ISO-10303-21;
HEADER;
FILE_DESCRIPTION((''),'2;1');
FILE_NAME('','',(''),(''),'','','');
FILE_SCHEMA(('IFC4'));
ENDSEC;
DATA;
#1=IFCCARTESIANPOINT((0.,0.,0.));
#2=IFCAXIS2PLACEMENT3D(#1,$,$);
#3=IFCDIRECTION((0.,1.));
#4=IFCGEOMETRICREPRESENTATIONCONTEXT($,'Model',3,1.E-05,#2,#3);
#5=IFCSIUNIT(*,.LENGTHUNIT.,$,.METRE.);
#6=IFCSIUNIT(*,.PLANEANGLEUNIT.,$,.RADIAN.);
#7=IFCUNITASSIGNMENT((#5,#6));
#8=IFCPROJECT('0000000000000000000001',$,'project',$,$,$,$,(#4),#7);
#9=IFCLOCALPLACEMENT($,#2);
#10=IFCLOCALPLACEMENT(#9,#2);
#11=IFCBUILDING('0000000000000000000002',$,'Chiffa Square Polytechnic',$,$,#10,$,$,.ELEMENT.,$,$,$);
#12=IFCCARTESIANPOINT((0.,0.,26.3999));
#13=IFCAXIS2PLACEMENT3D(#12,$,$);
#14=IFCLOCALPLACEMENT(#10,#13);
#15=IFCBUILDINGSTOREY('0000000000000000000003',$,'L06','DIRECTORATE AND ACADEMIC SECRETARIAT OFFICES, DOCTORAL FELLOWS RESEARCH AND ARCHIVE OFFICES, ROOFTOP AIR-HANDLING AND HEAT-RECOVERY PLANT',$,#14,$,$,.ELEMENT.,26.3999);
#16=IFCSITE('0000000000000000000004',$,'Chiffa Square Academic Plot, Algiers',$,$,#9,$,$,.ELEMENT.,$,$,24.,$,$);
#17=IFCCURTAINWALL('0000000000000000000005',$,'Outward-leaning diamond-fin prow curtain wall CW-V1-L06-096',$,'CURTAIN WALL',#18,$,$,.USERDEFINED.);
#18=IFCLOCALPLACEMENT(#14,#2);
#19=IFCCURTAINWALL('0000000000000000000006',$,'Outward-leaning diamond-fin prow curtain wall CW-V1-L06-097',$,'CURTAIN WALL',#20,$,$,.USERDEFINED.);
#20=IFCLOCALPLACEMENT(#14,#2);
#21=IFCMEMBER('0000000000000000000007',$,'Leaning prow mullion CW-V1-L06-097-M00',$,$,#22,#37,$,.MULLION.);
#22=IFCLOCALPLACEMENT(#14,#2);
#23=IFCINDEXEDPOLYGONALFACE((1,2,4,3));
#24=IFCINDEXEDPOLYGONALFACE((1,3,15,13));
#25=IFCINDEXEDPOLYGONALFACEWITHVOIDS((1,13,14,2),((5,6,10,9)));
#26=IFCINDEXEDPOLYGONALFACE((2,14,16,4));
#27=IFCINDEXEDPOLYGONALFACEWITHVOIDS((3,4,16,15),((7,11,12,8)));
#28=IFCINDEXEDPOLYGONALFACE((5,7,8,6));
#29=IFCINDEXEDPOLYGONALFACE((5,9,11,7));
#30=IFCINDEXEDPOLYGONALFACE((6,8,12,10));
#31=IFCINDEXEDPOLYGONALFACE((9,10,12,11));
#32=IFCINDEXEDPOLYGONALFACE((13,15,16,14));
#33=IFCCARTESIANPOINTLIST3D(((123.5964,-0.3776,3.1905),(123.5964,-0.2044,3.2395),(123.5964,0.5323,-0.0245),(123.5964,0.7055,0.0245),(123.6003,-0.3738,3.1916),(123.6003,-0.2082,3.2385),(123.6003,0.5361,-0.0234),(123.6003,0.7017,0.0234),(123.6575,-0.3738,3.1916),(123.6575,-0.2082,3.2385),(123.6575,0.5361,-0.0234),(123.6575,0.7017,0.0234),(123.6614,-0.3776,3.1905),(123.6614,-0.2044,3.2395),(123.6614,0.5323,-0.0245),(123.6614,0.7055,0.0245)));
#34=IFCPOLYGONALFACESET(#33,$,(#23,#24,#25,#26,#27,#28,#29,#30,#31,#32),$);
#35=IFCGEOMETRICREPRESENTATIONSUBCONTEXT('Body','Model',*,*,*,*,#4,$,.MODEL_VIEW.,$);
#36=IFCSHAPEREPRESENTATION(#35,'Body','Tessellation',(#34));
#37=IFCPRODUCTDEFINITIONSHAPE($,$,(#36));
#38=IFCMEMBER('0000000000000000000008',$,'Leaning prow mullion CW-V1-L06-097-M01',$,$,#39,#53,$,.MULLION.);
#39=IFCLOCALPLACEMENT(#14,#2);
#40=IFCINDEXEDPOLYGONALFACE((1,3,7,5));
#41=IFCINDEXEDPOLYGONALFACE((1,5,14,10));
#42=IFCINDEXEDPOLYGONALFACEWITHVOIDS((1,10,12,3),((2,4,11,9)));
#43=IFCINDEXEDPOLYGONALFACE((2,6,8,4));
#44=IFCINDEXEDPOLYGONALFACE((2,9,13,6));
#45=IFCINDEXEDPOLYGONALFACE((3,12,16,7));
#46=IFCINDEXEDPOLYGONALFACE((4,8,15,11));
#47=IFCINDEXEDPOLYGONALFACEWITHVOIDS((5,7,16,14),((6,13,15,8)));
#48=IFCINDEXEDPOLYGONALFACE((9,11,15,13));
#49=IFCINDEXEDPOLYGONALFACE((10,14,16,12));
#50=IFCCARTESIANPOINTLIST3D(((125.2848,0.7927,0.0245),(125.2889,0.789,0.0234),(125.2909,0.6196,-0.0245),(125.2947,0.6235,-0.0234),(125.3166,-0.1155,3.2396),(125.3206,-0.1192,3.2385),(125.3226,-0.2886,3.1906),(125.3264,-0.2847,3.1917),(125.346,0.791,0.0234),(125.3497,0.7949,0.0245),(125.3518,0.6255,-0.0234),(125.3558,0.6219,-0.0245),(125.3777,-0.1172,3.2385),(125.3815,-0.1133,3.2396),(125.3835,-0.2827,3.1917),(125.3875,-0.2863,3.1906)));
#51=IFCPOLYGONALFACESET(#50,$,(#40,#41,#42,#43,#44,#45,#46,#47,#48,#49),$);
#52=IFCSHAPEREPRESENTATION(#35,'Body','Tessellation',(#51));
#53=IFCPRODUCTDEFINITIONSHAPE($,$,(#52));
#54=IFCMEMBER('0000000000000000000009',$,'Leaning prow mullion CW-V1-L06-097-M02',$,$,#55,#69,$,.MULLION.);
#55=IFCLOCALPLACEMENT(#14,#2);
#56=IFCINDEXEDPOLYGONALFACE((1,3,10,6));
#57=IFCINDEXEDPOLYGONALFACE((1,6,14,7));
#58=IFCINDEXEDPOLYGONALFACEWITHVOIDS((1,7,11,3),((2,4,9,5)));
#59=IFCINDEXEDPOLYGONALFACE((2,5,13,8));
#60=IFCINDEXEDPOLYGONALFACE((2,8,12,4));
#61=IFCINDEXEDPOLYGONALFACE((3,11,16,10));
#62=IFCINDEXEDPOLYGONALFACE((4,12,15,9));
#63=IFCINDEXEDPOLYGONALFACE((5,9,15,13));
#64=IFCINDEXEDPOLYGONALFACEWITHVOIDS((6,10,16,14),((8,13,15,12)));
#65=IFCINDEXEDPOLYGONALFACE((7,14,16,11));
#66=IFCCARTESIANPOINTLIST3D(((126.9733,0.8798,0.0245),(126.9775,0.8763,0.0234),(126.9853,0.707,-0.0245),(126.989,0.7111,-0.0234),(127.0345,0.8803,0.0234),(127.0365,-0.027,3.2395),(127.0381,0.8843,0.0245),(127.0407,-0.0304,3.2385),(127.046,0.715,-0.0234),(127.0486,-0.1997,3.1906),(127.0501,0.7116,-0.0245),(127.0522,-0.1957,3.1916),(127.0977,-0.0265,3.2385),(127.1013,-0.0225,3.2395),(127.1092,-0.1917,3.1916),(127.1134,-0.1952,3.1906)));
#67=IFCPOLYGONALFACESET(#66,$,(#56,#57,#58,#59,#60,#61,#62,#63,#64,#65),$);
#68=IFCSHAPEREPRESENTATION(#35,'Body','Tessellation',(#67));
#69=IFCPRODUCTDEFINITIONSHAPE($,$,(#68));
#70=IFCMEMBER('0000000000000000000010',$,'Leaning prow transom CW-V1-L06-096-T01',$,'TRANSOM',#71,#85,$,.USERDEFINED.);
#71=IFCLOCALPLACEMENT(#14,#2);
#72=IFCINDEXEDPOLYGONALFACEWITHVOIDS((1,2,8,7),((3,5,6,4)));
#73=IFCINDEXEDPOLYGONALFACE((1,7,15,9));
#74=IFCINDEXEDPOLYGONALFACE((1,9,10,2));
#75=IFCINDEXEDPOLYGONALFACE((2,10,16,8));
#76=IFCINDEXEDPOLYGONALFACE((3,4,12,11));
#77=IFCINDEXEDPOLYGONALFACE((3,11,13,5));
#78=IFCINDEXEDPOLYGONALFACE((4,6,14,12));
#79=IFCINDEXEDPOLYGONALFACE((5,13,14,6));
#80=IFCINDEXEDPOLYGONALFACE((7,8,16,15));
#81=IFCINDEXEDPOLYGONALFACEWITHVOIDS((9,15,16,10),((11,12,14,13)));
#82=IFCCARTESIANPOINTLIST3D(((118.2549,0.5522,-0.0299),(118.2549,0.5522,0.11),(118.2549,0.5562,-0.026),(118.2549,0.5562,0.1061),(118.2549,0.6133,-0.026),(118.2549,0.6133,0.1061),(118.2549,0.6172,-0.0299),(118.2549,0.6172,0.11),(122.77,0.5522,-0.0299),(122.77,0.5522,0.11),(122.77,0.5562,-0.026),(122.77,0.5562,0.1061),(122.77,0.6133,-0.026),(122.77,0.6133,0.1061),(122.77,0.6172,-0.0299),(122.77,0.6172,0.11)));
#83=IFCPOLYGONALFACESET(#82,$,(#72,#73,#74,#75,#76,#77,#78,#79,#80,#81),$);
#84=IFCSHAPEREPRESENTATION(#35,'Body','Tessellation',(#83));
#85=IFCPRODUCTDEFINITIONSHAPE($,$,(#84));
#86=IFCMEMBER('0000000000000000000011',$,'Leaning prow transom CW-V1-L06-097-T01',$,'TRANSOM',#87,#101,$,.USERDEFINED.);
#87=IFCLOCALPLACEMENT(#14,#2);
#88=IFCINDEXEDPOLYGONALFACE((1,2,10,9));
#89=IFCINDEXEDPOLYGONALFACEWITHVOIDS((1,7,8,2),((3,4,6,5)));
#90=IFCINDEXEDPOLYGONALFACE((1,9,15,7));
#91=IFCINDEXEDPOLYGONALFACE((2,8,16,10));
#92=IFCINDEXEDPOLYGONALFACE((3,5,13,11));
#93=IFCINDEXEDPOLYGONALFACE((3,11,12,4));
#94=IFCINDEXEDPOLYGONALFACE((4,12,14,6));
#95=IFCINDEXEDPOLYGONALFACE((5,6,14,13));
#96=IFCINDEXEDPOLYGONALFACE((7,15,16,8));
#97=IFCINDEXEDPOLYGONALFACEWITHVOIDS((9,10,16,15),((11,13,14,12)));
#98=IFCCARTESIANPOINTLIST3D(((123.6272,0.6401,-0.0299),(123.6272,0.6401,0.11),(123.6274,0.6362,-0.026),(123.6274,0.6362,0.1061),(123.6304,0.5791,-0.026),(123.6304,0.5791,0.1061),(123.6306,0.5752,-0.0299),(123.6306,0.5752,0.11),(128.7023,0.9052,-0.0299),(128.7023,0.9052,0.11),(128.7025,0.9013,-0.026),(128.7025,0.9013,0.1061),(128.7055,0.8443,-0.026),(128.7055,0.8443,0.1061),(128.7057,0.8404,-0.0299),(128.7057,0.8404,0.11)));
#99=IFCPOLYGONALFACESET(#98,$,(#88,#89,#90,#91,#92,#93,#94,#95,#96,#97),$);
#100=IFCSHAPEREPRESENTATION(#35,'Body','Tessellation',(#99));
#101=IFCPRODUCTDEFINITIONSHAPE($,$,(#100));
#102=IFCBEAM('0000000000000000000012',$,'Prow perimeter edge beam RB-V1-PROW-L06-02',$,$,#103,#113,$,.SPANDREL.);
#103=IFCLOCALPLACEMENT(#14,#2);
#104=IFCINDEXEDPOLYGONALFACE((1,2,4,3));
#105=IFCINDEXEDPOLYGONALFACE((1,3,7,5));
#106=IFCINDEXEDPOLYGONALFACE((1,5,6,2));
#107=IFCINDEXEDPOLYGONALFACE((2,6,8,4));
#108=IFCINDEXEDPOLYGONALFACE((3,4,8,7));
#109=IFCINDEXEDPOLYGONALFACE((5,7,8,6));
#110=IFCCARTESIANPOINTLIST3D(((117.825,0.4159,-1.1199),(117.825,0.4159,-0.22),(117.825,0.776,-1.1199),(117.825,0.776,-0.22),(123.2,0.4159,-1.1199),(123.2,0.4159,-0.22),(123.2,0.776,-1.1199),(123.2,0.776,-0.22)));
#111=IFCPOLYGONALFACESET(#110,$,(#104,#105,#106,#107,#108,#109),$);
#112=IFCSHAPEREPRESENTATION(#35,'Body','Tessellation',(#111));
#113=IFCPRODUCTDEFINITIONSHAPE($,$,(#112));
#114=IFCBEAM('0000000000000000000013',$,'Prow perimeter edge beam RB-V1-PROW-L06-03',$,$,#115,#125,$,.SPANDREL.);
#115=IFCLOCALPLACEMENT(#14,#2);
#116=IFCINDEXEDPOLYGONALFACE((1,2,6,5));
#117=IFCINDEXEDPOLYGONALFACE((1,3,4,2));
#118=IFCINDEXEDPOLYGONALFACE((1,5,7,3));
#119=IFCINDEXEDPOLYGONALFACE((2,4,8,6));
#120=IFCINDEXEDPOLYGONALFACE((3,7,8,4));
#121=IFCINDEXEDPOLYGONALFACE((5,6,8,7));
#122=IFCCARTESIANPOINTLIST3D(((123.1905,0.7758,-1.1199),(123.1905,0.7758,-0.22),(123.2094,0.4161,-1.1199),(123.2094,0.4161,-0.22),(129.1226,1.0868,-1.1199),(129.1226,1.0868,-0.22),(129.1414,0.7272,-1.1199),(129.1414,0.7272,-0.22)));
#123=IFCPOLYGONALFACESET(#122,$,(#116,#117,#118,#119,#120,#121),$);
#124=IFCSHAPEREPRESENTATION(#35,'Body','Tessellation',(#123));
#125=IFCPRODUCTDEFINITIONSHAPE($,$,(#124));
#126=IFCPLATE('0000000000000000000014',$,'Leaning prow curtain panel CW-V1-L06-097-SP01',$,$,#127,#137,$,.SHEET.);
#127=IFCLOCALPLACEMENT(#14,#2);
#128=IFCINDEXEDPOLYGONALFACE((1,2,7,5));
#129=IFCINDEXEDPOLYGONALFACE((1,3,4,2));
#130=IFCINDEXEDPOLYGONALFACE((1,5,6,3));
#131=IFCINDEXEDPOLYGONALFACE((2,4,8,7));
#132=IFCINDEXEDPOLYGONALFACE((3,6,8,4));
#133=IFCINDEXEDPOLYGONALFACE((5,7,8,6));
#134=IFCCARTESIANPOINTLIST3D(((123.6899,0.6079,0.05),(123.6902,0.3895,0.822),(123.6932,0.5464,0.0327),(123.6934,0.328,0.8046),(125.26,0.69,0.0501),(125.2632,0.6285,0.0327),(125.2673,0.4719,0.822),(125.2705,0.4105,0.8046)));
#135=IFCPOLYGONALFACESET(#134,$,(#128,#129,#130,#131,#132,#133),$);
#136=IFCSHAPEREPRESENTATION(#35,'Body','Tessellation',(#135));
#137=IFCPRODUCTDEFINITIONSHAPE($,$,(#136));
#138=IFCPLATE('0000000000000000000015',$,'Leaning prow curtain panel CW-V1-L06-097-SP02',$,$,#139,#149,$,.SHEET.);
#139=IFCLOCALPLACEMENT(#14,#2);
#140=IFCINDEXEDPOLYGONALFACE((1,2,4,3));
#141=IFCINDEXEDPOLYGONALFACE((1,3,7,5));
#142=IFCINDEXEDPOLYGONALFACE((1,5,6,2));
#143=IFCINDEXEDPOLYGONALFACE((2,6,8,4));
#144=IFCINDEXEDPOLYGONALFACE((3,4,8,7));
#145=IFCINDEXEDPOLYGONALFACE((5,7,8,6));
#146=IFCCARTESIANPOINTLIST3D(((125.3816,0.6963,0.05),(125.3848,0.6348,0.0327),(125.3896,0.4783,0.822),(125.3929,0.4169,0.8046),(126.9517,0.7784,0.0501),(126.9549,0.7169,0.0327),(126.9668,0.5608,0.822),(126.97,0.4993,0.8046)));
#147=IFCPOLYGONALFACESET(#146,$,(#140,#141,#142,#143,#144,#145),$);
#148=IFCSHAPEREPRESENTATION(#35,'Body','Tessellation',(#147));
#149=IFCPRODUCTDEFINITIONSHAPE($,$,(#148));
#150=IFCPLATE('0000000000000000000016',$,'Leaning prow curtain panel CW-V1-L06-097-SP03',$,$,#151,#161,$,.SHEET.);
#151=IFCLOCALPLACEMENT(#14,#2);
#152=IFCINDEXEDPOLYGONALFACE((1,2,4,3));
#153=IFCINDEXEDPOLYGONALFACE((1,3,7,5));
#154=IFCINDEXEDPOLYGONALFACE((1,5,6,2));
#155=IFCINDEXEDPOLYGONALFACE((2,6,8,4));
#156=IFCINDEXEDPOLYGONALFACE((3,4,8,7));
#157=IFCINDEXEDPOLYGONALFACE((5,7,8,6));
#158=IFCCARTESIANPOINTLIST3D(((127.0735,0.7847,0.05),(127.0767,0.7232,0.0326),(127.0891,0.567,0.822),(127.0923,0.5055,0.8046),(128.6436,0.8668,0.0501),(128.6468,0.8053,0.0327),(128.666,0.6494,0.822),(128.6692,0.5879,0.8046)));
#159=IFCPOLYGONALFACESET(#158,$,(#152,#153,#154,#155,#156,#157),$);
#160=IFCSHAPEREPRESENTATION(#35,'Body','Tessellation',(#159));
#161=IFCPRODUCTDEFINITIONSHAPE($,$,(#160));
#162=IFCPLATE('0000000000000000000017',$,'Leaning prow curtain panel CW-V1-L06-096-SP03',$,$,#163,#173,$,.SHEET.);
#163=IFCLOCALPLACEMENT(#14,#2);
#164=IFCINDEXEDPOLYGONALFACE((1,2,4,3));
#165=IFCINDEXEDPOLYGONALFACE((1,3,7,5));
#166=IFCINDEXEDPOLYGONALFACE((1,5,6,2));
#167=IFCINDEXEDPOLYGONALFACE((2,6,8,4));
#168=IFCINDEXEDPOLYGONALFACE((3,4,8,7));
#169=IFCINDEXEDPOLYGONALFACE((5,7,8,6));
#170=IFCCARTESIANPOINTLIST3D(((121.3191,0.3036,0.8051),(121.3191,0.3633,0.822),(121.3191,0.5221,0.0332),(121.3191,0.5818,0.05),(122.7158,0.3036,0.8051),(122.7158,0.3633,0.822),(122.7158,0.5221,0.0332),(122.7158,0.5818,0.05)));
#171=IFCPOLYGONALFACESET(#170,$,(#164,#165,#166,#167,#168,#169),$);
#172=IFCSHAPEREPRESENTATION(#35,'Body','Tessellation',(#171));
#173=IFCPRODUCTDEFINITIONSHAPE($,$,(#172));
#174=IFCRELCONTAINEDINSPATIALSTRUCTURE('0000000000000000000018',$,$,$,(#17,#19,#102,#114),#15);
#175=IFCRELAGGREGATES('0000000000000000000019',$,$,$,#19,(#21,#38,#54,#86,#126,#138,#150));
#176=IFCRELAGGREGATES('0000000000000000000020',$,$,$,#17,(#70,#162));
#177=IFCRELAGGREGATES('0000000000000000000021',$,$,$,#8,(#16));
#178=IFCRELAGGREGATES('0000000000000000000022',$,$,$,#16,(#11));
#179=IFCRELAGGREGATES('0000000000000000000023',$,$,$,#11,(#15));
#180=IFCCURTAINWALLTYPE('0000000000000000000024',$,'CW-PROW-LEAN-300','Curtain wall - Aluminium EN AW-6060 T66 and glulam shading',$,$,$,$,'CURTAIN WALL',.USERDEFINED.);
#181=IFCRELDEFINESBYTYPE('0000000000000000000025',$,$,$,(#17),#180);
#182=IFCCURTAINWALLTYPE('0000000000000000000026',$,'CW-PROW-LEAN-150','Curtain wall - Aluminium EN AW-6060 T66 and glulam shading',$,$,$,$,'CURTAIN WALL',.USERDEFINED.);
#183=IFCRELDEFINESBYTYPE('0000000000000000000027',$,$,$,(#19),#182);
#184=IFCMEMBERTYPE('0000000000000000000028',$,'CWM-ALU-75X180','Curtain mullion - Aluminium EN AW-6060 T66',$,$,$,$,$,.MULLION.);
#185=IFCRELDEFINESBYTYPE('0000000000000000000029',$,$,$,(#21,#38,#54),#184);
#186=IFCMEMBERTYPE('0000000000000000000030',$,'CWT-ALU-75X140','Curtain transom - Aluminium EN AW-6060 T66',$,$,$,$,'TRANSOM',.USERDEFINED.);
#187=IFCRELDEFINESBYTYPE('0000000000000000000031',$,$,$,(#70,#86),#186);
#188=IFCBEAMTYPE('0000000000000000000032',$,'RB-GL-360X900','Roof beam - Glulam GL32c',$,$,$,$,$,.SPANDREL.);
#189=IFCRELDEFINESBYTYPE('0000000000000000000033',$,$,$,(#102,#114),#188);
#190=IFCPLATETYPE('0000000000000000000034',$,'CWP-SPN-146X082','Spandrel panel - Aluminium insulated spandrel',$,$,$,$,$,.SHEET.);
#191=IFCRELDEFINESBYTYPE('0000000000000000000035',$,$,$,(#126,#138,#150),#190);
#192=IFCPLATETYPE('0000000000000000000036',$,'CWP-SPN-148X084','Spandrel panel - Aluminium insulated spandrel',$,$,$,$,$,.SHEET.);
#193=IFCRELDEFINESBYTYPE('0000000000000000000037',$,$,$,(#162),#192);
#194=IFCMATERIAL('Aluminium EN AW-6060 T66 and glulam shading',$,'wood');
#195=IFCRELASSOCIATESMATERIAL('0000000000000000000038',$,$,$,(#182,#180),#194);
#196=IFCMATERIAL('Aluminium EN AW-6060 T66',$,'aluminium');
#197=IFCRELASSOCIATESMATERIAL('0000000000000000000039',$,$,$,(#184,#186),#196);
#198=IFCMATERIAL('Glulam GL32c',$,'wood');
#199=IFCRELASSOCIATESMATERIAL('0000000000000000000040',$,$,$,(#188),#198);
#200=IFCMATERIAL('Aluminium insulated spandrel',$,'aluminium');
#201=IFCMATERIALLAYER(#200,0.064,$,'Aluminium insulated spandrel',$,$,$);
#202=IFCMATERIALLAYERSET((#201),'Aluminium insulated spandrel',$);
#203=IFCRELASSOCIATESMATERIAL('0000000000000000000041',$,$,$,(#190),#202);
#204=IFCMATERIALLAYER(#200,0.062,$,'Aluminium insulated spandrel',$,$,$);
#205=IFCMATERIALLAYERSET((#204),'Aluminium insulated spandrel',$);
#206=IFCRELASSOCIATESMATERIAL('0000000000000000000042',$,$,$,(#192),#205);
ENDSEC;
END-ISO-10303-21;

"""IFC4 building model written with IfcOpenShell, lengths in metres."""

from ifc_helpers import new_model, si_unit, direction, frame, origin, origin_2d, place, context, subcontext, project, spatial, polyline, rectangle, hollow_rectangle, outline, extrude, material, layer, layer_set, material_profile, profile_set, type_object, element, aggregate, save


model = new_model("IFC4")

# Units and contexts
model_context = context("Model", 3, precision=1e-05, world=origin(), true_north=direction((0.0, 1.0)))
body_context = subcontext(model_context, "Body", "Model", "MODEL_VIEW")
ifc_project = project(units=[si_unit("LENGTHUNIT", "METRE"), si_unit("PLANEANGLEUNIT", "RADIAN")], contexts=[model_context])

# Site, building, storey
site_placement = place(None, origin())
site = spatial("IfcSite", under=ifc_project, at=site_placement, Name="Chiffa Square Academic Plot, Algiers", CompositionType="ELEMENT", RefElevation=24.0)
building_placement = place(site_placement, origin())
building = spatial("IfcBuilding", under=site, at=building_placement, Name="Chiffa Square Polytechnic", CompositionType="ELEMENT")
storey_placement = place(building_placement, frame((0.0, 0.0, 26.3999)))
storey = spatial("IfcBuildingStorey", under=building, at=storey_placement, Name="L06", Description="DIRECTORATE AND ACADEMIC SECRETARIAT OFFICES, DOCTORAL FELLOWS RESEARCH AND ARCHIVE OFFICES, ROOFTOP AIR-HANDLING AND HEAT-RECOVERY PLANT", CompositionType="ELEMENT", Elevation=26.3999)

# Shared definitions
ifc_material_1 = material(Name="Glulam GL32c", Category="wood")

# Curtain walls, members
ifc_material_2 = material(Name="Aluminium EN AW-6060 T66 and glulam shading", Category="wood")
curtain_wall_type_1 = type_object("IfcCurtainWallType", Name="CW-PROW-LEAN-150", Description="Curtain wall - Aluminium EN AW-6060 T66 and glulam shading", ElementType="CURTAIN WALL", PredefinedType="USERDEFINED", material=ifc_material_2)
ifc_material_3 = material(Name="Aluminium EN AW-6060 T66", Category="aluminium")
ifc_material_profile_1 = material_profile(ifc_material_3, hollow_rectangle(XDim=0.0649, YDim=0.1799, WallThickness=0.0039, at=origin_2d()), Name="ALU 65x180x4")
ifc_profile_set_1 = profile_set([ifc_material_profile_1], Name="Aluminium EN AW-6060 T66")
member_type_1 = type_object("IfcMemberType", Name="CWM-ALU-75X180", Description="Curtain mullion - Aluminium EN AW-6060 T66", PredefinedType="MULLION", material=ifc_profile_set_1)
curtain_wall_type_2 = type_object("IfcCurtainWallType", Name="CW-PROW-LEAN-300", Description="Curtain wall - Aluminium EN AW-6060 T66 and glulam shading", ElementType="CURTAIN WALL", PredefinedType="USERDEFINED", material=ifc_material_2)
curtain_wall_1_placement = place(storey_placement, origin())
curtain_wall_1 = element("IfcCurtainWall", 1, at=curtain_wall_1_placement, inside=storey, type_object=curtain_wall_type_2, Name="Outward-leaning diamond-fin prow curtain wall CW-V1-L06-096", ObjectType="CURTAIN WALL", PredefinedType="USERDEFINED")
curtain_wall_2_placement = place(storey_placement, origin())
curtain_wall_2 = element("IfcCurtainWall", 2, at=curtain_wall_2_placement, inside=storey, type_object=curtain_wall_type_1, Name="Outward-leaning diamond-fin prow curtain wall CW-V1-L06-097", ObjectType="CURTAIN WALL", PredefinedType="USERDEFINED")
member_1_placement = place(storey_placement, frame((123.6289, 0.6189, 0.0), z_axis=(0.0, -0.272317, 0.962207), x_axis=(1.0, 0.0, 0.0)))
member_1 = element("IfcMember", 3, at=member_1_placement, type_object=member_type_1, Name="Leaning prow mullion CW-V1-L06-097-M00", PredefinedType="MULLION", context=body_context, shape_type="SweptSolid", body=[
    extrude(hollow_rectangle(XDim=0.0649, YDim=0.1799, WallThickness=0.0039, at=origin_2d()), origin(), (0.0, 0.0, 1.0), 3.3413),
])
member_2_placement = place(storey_placement, frame((125.3203, 0.7073, 0.0), z_axis=(0.009499, -0.271831, 0.962298), x_axis=(0.99939, 0.034925, 0.0)))
member_2 = element("IfcMember", 4, at=member_2_placement, type_object=member_type_1, Name="Leaning prow mullion CW-V1-L06-097-M01", PredefinedType="MULLION", context=body_context, shape_type="SweptSolid", body=[
    extrude(hollow_rectangle(XDim=0.0649, YDim=0.1799, WallThickness=0.0039, at=origin_2d()), origin(), (0.0, 0.0, 1.0), 3.3411),
])
member_3_placement = place(storey_placement, frame((127.0117, 0.7957, 0.0), z_axis=(0.018926, -0.271389, 0.962284), x_axis=(0.997577, 0.069567, 0.0)))
member_3 = element("IfcMember", 5, at=member_3_placement, type_object=member_type_1, Name="Leaning prow mullion CW-V1-L06-097-M02", PredefinedType="MULLION", context=body_context, shape_type="SweptSolid", body=[
    extrude(hollow_rectangle(XDim=0.0649, YDim=0.1799, WallThickness=0.0039, at=origin_2d()), origin(), (0.0, 0.0, 1.0), 3.3411),
])

# Members
ifc_material_profile_2 = material_profile(ifc_material_3, hollow_rectangle(XDim=0.0649, YDim=0.1399, WallThickness=0.0039, at=origin_2d()), Name="ALU 65x140x4")
ifc_profile_set_2 = profile_set([ifc_material_profile_2], Name="Aluminium EN AW-6060 T66")
member_type_2 = type_object("IfcMemberType", Name="CWT-ALU-75X140", Description="Curtain transom - Aluminium EN AW-6060 T66", ElementType="TRANSOM", PredefinedType="USERDEFINED", material=ifc_profile_set_2)
member_4_placement = place(storey_placement, frame((118.2549, 0.5847, 0.04), z_axis=(1.0, 0.0, 0.0), x_axis=(0.0, 1.0, 0.0)))
member_4 = element("IfcMember", 6, at=member_4_placement, type_object=member_type_2, Name="Leaning prow transom CW-V1-L06-096-T01", ObjectType="TRANSOM", PredefinedType="USERDEFINED", context=body_context, shape_type="SweptSolid", body=[
    extrude(hollow_rectangle(XDim=0.0649, YDim=0.1399, WallThickness=0.0039, at=origin_2d()), origin(), (0.0, 0.0, 1.0), 4.5151),
])
member_5_placement = place(storey_placement, frame((123.6289, 0.6077, 0.04), z_axis=(0.998638, 0.052171, 0.0), x_axis=(-0.052171, 0.998638, 0.0)))
member_5 = element("IfcMember", 7, at=member_5_placement, type_object=member_type_2, Name="Leaning prow transom CW-V1-L06-097-T01", ObjectType="TRANSOM", PredefinedType="USERDEFINED", context=body_context, shape_type="SweptSolid", body=[
    extrude(hollow_rectangle(XDim=0.0649, YDim=0.1399, WallThickness=0.0039, at=origin_2d()), origin(), (0.0, 0.0, 1.0), 5.082),
])

# Beams
ifc_material_profile_3 = material_profile(ifc_material_1, rectangle(XDim=0.3601, YDim=0.8999, at=origin_2d()), Name="GL32c 360x900")
ifc_profile_set_3 = profile_set([ifc_material_profile_3], Name="Glulam GL32c")
beam_type_1 = type_object("IfcBeamType", Name="RB-GL-360X900", Description="Roof beam - Glulam GL32c", PredefinedType="SPANDREL", material=ifc_profile_set_3)
beam_1_placement = place(storey_placement, frame((117.825, 0.5959, -0.6699), z_axis=(1.0, 0.0, 0.0), x_axis=(0.0, 1.0, 0.0)))
element("IfcBeam", 8, at=beam_1_placement, inside=storey, type_object=beam_type_1, Name="Prow perimeter edge beam RB-V1-PROW-L06-02", PredefinedType="SPANDREL", context=body_context, shape_type="SweptSolid", body=[
    extrude(rectangle(XDim=0.3601, YDim=0.8999, at=origin_2d()), origin(), (0.0, 0.0, 1.0), 5.375),
])
beam_2_placement = place(storey_placement, frame((123.2, 0.5959, -0.6699), z_axis=(0.998628, 0.05236, 0.0), x_axis=(-0.05236, 0.998628, 0.0)))
element("IfcBeam", 9, at=beam_2_placement, inside=storey, type_object=beam_type_1, Name="Prow perimeter edge beam RB-V1-PROW-L06-03", PredefinedType="SPANDREL", context=body_context, shape_type="SweptSolid", body=[
    extrude(rectangle(XDim=0.3601, YDim=0.8999, at=origin_2d()), origin(), (0.0, 0.0, 1.0), 5.9402),
])

# Plates
ifc_material_4 = material(Name="Aluminium insulated spandrel", Category="aluminium")
ifc_layer_1 = layer(ifc_material_4, 0.064, Name="Aluminium insulated spandrel")
ifc_layer_set_1 = layer_set([ifc_layer_1], Name="Aluminium insulated spandrel")
plate_type_1 = type_object("IfcPlateType", Name="CWP-SPN-146X082", Description="Spandrel panel - Aluminium insulated spandrel", PredefinedType="SHEET", material=ifc_layer_set_1)
plate_1_placement = place(storey_placement, frame((123.6899, 0.6079, 0.05), z_axis=(-0.050245, 0.960998, 0.271952), x_axis=(0.998636, 0.05221, 0.00001)))
plate_1 = element("IfcPlate", 10, at=plate_1_placement, type_object=plate_type_1, Name="Leaning prow curtain panel CW-V1-L06-097-SP01", PredefinedType="SHEET", context=body_context, shape_type="SweptSolid", body=[
    extrude(outline(polyline([(0.0, 0.0), (1.5722, 0.0), (1.5681, -0.8022), (-0.0112, -0.8022), (0.0, 0.0)])), origin(), (0.0, 0.0, -1.0), 0.064),
])
plate_2_placement = place(storey_placement, frame((125.3816, 0.6963, 0.05), z_axis=(-0.050247, 0.961024, 0.27186), x_axis=(0.998636, 0.05221, 0.00001)))
plate_2 = element("IfcPlate", 11, at=plate_2_placement, type_object=plate_type_1, Name="Leaning prow curtain panel CW-V1-L06-097-SP02", PredefinedType="SHEET", context=body_context, shape_type="SweptSolid", body=[
    extrude(outline(polyline([(0.0, 0.0), (1.5722, 0.0), (1.576, -0.8022), (-0.0033, -0.8022), (0.0, 0.0)])), origin(), (0.0, 0.0, -1.0), 0.064),
])
plate_3_placement = place(storey_placement, frame((127.0735, 0.7847, 0.05), z_axis=(-0.050248, 0.960977, 0.272027), x_axis=(0.998636, 0.052214, 0.000011)))
plate_3 = element("IfcPlate", 12, at=plate_3_placement, type_object=plate_type_1, Name="Leaning prow curtain panel CW-V1-L06-097-SP03", PredefinedType="SHEET", context=body_context, shape_type="SweptSolid", body=[
    extrude(outline(polyline([(0.0, 0.0), (1.5722, 0.0), (1.5833, -0.8022), (0.0042, -0.8022), (0.0, 0.0)])), origin(), (0.0, 0.0, -1.0), 0.064),
])
aggregate(curtain_wall_2, [member_1, member_2, member_3, member_5, plate_1, plate_2, plate_3])
ifc_layer_2 = layer(ifc_material_4, 0.062, Name="Aluminium insulated spandrel")
ifc_layer_set_2 = layer_set([ifc_layer_2], Name="Aluminium insulated spandrel")
plate_type_2 = type_object("IfcPlateType", Name="CWP-SPN-148X084", Description="Spandrel panel - Aluminium insulated spandrel", PredefinedType="SHEET", material=ifc_layer_set_2)
plate_4_placement = place(storey_placement, frame((121.3191, 0.5818, 0.05), z_axis=(0.0, 0.962199, 0.272349), x_axis=(1.0, 0.0, 0.0)))
plate_4 = element("IfcPlate", 13, at=plate_4_placement, type_object=plate_type_2, Name="Leaning prow curtain panel CW-V1-L06-096-SP03", PredefinedType="SHEET", context=body_context, shape_type="SweptSolid", body=[
    extrude(outline(polyline([(0.0, 0.0), (1.3967, 0.0), (1.3967, -0.8023), (0.0, -0.8023), (0.0, 0.0)])), origin(), (0.0, 0.0, -1.0), 0.062),
])
aggregate(curtain_wall_1, [member_4, plate_4])

save(model, "model.ifc")
